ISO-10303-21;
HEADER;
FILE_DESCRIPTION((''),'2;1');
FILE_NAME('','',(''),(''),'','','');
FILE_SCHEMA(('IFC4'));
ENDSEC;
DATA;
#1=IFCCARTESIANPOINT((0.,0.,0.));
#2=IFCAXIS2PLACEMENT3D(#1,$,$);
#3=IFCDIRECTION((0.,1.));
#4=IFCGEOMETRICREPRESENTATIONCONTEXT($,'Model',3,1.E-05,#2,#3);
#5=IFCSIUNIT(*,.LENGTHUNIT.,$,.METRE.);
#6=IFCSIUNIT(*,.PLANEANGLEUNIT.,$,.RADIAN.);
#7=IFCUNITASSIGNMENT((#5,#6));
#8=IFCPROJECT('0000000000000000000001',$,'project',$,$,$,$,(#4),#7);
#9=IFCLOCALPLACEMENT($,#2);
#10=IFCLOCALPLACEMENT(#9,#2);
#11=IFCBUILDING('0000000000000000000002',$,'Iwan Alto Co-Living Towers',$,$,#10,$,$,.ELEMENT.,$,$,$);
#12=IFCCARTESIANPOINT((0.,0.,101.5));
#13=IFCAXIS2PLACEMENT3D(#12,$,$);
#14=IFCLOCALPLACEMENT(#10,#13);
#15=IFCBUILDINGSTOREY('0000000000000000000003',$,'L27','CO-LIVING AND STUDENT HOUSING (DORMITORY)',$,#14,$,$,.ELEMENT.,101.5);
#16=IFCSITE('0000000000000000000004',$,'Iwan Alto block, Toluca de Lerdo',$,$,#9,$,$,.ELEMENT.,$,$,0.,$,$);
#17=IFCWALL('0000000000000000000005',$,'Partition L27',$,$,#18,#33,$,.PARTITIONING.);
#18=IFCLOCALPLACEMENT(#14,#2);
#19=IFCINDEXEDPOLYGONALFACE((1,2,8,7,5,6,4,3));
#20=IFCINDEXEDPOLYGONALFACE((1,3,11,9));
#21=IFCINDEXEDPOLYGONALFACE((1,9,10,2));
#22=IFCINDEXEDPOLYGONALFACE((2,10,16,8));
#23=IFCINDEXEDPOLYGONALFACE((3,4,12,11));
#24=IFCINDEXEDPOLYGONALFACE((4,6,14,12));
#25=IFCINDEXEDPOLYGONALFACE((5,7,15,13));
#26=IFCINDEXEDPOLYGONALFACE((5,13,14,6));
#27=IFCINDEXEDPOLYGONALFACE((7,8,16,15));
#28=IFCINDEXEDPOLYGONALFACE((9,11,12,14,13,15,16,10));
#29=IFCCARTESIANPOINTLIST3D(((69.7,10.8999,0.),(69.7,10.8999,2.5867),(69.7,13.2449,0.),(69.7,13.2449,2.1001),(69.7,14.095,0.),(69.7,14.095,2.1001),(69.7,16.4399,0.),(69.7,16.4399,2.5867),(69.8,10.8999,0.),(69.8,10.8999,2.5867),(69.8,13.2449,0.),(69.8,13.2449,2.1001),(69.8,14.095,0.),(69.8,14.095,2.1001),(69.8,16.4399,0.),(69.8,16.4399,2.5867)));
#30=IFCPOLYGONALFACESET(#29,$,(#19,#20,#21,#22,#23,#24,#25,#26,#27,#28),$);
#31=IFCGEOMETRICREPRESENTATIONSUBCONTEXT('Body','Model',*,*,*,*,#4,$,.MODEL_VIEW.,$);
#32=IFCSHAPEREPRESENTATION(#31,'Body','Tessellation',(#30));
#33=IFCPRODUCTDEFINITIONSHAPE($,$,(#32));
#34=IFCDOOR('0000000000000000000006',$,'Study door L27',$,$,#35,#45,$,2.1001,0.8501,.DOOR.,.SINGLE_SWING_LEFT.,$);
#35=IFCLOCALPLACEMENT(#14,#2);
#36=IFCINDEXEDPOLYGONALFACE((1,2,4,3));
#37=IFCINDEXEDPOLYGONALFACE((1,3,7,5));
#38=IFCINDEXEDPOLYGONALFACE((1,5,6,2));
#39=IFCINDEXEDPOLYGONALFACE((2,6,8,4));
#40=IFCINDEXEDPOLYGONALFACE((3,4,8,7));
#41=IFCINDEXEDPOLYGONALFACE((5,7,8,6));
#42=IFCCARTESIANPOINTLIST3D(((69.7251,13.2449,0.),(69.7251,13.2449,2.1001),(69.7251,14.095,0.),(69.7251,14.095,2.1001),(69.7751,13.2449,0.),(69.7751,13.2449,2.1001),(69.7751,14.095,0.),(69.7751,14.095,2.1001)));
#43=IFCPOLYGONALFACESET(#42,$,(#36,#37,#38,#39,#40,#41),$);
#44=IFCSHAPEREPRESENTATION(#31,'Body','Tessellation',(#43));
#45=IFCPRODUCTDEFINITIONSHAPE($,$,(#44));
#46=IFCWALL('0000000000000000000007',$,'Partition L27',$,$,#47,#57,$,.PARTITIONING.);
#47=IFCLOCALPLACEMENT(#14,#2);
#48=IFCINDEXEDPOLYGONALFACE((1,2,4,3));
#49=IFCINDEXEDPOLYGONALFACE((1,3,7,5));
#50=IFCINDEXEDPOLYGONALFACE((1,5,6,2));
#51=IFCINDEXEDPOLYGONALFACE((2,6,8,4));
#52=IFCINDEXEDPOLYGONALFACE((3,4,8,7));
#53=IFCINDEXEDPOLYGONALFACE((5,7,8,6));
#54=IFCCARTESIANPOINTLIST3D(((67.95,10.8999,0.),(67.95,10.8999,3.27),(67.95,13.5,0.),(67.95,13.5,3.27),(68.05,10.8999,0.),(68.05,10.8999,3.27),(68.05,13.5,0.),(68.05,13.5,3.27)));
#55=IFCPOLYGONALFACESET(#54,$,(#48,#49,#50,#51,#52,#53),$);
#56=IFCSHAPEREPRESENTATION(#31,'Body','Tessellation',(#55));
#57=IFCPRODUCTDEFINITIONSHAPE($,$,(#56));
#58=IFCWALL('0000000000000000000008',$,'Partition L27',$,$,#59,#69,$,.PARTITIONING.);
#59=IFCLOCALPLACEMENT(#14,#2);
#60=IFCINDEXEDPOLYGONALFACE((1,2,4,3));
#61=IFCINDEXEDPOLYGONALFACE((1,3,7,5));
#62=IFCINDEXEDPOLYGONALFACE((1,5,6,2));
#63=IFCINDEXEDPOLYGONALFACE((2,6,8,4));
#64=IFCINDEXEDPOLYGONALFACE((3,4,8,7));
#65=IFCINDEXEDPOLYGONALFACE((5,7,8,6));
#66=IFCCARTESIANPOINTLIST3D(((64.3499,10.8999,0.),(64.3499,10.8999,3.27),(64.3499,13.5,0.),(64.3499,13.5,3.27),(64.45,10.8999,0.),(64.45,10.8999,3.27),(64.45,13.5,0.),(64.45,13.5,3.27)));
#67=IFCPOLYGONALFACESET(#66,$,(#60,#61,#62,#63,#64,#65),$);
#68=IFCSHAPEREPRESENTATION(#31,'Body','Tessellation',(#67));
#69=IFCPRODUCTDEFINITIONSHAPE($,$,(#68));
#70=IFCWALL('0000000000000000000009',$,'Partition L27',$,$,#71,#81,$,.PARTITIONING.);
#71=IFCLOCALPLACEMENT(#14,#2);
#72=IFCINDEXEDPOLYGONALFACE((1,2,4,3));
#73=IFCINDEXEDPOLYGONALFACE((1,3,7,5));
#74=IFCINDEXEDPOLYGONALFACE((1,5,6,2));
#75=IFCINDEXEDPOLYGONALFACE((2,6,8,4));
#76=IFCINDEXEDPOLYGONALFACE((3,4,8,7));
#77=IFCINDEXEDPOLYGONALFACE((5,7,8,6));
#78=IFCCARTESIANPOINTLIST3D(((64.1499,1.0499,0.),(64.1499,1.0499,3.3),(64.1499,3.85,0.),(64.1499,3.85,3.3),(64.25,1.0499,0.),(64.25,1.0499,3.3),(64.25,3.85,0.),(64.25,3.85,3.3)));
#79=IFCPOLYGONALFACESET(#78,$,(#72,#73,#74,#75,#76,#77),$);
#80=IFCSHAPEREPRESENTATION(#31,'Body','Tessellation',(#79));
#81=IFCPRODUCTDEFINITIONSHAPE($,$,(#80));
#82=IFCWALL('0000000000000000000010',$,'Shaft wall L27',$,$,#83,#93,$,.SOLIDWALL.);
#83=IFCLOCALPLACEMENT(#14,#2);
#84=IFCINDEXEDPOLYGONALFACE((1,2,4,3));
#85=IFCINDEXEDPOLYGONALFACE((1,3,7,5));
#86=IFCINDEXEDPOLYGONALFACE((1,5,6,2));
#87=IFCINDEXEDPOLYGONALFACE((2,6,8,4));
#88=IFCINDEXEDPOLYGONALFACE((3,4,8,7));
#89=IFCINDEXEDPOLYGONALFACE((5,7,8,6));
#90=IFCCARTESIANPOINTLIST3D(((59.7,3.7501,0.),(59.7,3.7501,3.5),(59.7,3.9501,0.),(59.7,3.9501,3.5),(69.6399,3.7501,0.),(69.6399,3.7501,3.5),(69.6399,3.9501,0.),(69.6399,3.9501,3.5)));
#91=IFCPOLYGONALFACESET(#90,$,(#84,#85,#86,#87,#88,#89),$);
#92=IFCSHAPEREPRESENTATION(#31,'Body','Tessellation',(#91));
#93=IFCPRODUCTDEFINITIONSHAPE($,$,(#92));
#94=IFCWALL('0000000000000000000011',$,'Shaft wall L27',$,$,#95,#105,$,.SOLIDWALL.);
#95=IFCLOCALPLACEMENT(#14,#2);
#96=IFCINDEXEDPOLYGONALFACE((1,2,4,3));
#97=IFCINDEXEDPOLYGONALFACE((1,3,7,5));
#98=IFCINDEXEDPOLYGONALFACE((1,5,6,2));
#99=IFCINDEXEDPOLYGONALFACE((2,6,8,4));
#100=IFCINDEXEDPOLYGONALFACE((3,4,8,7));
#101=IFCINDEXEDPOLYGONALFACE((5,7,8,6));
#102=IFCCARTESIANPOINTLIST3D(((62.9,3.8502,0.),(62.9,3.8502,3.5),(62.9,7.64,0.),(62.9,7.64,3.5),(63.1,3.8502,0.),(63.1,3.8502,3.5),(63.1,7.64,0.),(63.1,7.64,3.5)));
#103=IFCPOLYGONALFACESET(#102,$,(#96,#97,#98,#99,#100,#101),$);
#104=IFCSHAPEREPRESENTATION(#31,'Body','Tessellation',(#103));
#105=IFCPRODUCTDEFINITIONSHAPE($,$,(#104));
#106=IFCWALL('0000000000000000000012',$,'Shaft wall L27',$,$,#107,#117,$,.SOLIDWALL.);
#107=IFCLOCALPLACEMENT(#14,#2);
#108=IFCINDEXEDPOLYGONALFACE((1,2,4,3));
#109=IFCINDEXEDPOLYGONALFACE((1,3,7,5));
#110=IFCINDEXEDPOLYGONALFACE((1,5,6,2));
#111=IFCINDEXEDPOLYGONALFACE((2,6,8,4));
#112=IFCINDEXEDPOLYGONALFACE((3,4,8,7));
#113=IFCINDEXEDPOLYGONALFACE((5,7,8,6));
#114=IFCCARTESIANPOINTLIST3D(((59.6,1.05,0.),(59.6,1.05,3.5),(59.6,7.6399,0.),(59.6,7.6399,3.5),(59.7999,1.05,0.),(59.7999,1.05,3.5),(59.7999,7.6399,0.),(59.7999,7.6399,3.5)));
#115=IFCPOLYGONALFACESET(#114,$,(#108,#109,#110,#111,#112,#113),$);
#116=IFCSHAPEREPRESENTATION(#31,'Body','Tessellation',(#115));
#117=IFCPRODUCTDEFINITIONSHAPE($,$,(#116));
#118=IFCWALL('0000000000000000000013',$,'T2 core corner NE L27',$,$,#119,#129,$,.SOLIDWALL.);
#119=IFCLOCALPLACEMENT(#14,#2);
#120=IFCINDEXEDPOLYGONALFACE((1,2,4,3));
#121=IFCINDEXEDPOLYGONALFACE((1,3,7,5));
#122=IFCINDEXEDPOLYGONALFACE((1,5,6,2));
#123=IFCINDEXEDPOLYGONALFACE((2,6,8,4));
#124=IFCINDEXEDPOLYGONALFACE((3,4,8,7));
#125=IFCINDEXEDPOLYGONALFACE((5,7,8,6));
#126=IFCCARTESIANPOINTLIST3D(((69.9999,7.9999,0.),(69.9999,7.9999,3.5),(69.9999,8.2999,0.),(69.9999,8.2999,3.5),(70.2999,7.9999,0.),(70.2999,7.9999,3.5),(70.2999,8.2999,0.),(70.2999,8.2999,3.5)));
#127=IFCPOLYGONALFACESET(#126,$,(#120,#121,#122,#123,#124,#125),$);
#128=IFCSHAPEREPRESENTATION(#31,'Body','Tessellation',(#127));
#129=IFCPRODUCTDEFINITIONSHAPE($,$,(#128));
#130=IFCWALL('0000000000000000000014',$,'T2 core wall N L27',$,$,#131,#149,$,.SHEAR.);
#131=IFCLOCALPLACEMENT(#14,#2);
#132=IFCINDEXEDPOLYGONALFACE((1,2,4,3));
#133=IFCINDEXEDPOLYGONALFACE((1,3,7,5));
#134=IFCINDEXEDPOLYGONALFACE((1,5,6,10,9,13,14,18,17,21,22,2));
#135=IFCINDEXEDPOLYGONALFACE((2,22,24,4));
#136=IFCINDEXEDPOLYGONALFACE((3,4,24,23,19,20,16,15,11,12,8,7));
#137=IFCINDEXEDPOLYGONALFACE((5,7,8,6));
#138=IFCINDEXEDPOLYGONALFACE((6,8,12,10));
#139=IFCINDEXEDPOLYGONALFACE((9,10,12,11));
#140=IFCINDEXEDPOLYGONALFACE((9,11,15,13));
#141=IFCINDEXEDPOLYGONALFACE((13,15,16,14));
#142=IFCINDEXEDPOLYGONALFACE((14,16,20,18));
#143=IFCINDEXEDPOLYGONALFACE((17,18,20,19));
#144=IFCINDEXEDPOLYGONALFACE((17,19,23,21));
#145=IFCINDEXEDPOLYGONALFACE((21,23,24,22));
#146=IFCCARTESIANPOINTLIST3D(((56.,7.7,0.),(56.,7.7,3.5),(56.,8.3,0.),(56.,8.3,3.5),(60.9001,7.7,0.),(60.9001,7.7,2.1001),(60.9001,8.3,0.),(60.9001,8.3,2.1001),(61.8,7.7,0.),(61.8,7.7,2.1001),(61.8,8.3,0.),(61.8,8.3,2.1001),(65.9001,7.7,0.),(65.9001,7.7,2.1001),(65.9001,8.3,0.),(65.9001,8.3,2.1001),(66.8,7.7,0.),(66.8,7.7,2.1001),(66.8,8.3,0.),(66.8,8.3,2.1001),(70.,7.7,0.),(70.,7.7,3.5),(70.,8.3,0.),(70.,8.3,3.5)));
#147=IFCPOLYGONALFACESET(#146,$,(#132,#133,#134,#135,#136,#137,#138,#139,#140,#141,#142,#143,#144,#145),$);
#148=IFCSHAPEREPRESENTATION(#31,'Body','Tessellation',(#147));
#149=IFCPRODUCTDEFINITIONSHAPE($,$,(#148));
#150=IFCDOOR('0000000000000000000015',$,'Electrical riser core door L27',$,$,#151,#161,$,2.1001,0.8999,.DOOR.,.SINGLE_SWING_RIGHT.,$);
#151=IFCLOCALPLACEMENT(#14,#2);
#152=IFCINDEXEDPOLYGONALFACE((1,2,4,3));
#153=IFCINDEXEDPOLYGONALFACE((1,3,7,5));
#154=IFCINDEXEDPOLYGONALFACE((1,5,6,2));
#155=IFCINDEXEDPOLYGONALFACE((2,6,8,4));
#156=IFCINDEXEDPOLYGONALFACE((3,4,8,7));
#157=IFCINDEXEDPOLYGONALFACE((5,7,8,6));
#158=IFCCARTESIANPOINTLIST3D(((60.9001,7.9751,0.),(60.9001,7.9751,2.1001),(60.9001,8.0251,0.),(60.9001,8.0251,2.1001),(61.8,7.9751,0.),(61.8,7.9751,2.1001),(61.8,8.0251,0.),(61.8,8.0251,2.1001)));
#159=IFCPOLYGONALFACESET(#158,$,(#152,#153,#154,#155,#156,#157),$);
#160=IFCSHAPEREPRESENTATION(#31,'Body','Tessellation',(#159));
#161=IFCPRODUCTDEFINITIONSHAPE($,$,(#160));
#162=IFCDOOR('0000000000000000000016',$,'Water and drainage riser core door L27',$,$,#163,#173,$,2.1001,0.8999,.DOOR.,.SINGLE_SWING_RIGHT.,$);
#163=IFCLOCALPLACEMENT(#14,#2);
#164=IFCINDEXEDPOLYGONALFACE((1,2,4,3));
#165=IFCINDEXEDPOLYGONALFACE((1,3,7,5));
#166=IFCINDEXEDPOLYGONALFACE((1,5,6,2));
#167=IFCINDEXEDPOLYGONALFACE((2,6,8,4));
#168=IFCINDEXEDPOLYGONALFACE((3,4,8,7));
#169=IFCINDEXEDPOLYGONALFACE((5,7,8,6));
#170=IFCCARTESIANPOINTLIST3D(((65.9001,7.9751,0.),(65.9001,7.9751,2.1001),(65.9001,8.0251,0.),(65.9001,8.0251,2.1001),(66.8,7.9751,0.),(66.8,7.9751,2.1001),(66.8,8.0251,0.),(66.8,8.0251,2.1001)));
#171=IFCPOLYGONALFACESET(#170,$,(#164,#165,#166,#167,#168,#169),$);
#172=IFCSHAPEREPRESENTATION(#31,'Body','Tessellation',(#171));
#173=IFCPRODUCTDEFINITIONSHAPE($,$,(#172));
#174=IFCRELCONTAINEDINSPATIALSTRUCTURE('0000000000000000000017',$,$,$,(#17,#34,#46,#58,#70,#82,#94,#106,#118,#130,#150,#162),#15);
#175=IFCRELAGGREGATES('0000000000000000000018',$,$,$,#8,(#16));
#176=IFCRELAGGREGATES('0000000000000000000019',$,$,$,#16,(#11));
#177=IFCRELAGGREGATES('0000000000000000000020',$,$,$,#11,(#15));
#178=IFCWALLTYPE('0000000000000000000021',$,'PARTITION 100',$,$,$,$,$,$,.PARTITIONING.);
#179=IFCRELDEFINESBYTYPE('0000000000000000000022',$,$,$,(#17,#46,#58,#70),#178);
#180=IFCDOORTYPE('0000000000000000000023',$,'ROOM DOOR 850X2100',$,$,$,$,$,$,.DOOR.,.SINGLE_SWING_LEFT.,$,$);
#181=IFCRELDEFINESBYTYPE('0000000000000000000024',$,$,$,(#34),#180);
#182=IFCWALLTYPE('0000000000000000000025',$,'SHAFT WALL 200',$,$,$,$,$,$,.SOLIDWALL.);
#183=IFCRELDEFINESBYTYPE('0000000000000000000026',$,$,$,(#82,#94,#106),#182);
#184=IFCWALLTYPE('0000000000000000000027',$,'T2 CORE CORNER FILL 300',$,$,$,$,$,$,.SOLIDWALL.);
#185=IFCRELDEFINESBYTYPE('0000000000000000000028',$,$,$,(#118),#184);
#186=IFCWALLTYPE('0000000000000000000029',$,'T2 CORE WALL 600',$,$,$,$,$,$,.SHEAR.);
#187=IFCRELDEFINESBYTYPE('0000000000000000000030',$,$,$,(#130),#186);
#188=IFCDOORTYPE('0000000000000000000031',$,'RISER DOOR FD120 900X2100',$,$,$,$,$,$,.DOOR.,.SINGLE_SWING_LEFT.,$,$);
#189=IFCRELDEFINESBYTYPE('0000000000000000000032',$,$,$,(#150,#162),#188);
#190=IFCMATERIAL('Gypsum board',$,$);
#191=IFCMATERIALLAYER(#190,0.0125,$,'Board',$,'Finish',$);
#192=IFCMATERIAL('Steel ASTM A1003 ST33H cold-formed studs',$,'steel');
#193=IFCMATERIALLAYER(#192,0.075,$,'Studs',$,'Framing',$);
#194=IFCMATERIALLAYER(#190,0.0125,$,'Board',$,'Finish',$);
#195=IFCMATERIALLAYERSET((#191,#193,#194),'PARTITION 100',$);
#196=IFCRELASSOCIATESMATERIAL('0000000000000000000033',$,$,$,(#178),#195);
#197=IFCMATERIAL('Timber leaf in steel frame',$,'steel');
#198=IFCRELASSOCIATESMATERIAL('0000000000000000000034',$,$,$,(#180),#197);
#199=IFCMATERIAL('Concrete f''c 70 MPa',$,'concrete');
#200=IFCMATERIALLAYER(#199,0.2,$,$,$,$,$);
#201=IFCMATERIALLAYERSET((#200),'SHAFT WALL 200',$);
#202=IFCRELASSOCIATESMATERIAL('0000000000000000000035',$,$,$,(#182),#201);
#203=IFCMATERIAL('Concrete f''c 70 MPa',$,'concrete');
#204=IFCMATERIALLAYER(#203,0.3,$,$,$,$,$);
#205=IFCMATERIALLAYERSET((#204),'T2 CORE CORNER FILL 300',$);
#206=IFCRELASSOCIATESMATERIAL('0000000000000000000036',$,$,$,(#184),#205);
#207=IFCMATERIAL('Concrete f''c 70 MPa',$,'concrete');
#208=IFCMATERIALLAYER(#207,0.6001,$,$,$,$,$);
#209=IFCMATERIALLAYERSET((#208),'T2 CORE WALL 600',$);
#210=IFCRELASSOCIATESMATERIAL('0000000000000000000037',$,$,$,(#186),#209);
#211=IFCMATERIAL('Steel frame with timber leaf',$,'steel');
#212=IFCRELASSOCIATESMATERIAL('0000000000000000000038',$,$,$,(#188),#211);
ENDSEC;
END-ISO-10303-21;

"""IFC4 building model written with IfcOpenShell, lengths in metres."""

from ifc_helpers import new_model, si_unit, direction, frame, frame_2d, origin, place, context, subcontext, project, spatial, rectangle, extrude, material, layer, layer_set, type_object, element, fill, save


model = new_model("IFC4")

# Units and contexts
model_context = context("Model", 3, precision=1e-05, world=origin(), true_north=direction((0.0, 1.0)))
body_context = subcontext(model_context, "Body", "Model", "MODEL_VIEW")
ifc_project = project(units=[si_unit("LENGTHUNIT", "METRE"), si_unit("PLANEANGLEUNIT", "RADIAN")], contexts=[model_context])

# Site, building, storey
site_placement = place(None, origin())
site = spatial("IfcSite", under=ifc_project, at=site_placement, Name="Iwan Alto block, Toluca de Lerdo", CompositionType="ELEMENT", RefElevation=0.0)
building_placement = place(site_placement, origin())
building = spatial("IfcBuilding", under=site, at=building_placement, Name="Iwan Alto Co-Living Towers", CompositionType="ELEMENT")
storey_placement = place(building_placement, frame((0.0, 0.0, 101.5)))
storey = spatial("IfcBuildingStorey", under=building, at=storey_placement, Name="L27", Description="CO-LIVING AND STUDENT HOUSING (DORMITORY)", CompositionType="ELEMENT", Elevation=101.5)

# Shared definitions
ifc_material_1 = material(Name="Gypsum board")
ifc_layer_1 = layer(ifc_material_1, 0.0125, Name="Board", Category="Finish")
ifc_material_2 = material(Name="Steel ASTM A1003 ST33H cold-formed studs", Category="steel")
ifc_layer_2 = layer(ifc_material_2, 0.075, Name="Studs", Category="Framing")
ifc_layer_3 = layer(ifc_material_1, 0.0125, Name="Board", Category="Finish")
ifc_layer_set_1 = layer_set([ifc_layer_1, ifc_layer_2, ifc_layer_3], Name="PARTITION 100")
wall_type_1 = type_object("IfcWallType", Name="PARTITION 100", PredefinedType="PARTITIONING", material=ifc_layer_set_1)

# Shared definitions
ifc_material_3 = material(Name="Timber leaf in steel frame", Category="steel")
door_type_1 = type_object("IfcDoorType", Name="ROOM DOOR 850X2100", OperationType="SINGLE_SWING_LEFT", PredefinedType="DOOR", material=ifc_material_3)

# Wall, opening, door
wall_1_placement = place(storey_placement, frame((69.75, 10.8999, 0.0), z_axis=(0.0, 0.0, 1.0), x_axis=(0.0, 1.0, 0.0)))
wall_1 = element("IfcWall", 1, at=wall_1_placement, inside=storey, type_object=wall_type_1, Name="Partition L27", PredefinedType="PARTITIONING", context=body_context, shape_type="SweptSolid", body=[
    extrude(rectangle(XDim=5.54, YDim=0.1001, at=frame_2d((2.77, 0.0))), origin(), (0.0, 0.0, 1.0), 2.5867),
])
opening_1_placement = place(wall_1_placement, frame((2.345, 0.0, 0.0)))
opening_1 = element("IfcOpeningElement", 2, at=opening_1_placement, cuts=wall_1, PredefinedType="OPENING", context=body_context, shape_type="SweptSolid", body=[
    extrude(rectangle(XDim=0.8501, YDim=2.1001, at=frame_2d((0.425, 1.05))), frame((0.0, 0.0601, 0.0), z_axis=(0.0, -1.0, 0.0), x_axis=(1.0, 0.0, 0.0)), (0.0, 0.0, 1.0), 0.1201),
])
door_1_placement = place(opening_1_placement, origin())
door_1 = element("IfcDoor", 3, at=door_1_placement, inside=storey, type_object=door_type_1, Name="Study door L27", OperationType="SINGLE_SWING_LEFT", OverallHeight=2.1001, OverallWidth=0.8501, PredefinedType="DOOR", context=body_context, shape_type="SweptSolid", body=[
    extrude(rectangle(XDim=0.8501, YDim=2.1001, at=frame_2d((0.425, 1.05))), frame((0.0, 0.0249, 0.0), z_axis=(0.0, -1.0, 0.0), x_axis=(1.0, 0.0, 0.0)), (0.0, 0.0, 1.0), 0.05),
])
fill(opening_1, door_1)

# Walls
for number, where, z_axis, x_axis, name in (
    (4, (68.0, 10.8999, 0.0), (0.0, 0.0, 1.0), (0.0, 1.0, 0.0), "Partition L27"),
    (5, (64.3999, 10.8999, 0.0), (0.0, 0.0, 1.0), (0.0, 1.0, 0.0), "Partition L27"),
):
    element("IfcWall", number, at=place(storey_placement, frame(where, z_axis=z_axis, x_axis=x_axis)), inside=storey, type_object=wall_type_1, Name=name, PredefinedType="PARTITIONING", context=body_context, shape_type="SweptSolid", body=[
        extrude(rectangle(XDim=2.6001, YDim=0.1001, at=frame_2d((1.3, 0.0))), origin(), (0.0, 0.0, 1.0), 3.27),
    ])
wall_2_placement = place(storey_placement, frame((64.2, 1.05, 0.0), z_axis=(0.0, 0.0, 1.0), x_axis=(0.0, 1.0, 0.0)))
element("IfcWall", 6, at=wall_2_placement, inside=storey, type_object=wall_type_1, Name="Partition L27", PredefinedType="PARTITIONING", context=body_context, shape_type="SweptSolid", body=[
    extrude(rectangle(XDim=2.8, YDim=0.1001, at=frame_2d((1.3999, 0.0))), origin(), (0.0, 0.0, 1.0), 3.3),
])
ifc_material_4 = material(Name="Concrete f'c 70 MPa", Category="concrete")
ifc_layer_4 = layer(ifc_material_4, 0.2)
ifc_layer_set_2 = layer_set([ifc_layer_4], Name="SHAFT WALL 200")
wall_type_2 = type_object("IfcWallType", Name="SHAFT WALL 200", PredefinedType="SOLIDWALL", material=ifc_layer_set_2)
wall_3_placement = place(storey_placement, frame((59.7, 3.8501, 0.0), z_axis=(0.0, 0.0, 1.0), x_axis=(1.0, 0.0, 0.0)))
element("IfcWall", 7, at=wall_3_placement, inside=storey, type_object=wall_type_2, Name="Shaft wall L27", PredefinedType="SOLIDWALL", context=body_context, shape_type="SweptSolid", body=[
    extrude(rectangle(XDim=9.9399, YDim=0.2, at=frame_2d((4.97, 0.0))), origin(), (0.0, 0.0, 1.0), 3.5),
])
wall_4_placement = place(storey_placement, frame((63.0, 3.8501, 0.0), z_axis=(0.0, 0.0, 1.0), x_axis=(0.0, 1.0, 0.0)))
element("IfcWall", 8, at=wall_4_placement, inside=storey, type_object=wall_type_2, Name="Shaft wall L27", PredefinedType="SOLIDWALL", context=body_context, shape_type="SweptSolid", body=[
    extrude(rectangle(XDim=3.7898, YDim=0.2, at=frame_2d((1.895, 0.0))), origin(), (0.0, 0.0, 1.0), 3.5),
])
wall_5_placement = place(storey_placement, frame((59.7, 1.05, 0.0), z_axis=(0.0, 0.0, 1.0), x_axis=(0.0, 1.0, 0.0)))
element("IfcWall", 9, at=wall_5_placement, inside=storey, type_object=wall_type_2, Name="Shaft wall L27", PredefinedType="SOLIDWALL", context=body_context, shape_type="SweptSolid", body=[
    extrude(rectangle(XDim=6.5898, YDim=0.2, at=frame_2d((3.2949, 0.0))), origin(), (0.0, 0.0, 1.0), 3.5),
])
ifc_material_5 = material(Name="Concrete f'c 70 MPa", Category="concrete")
ifc_layer_5 = layer(ifc_material_5, 0.3)
ifc_layer_set_3 = layer_set([ifc_layer_5], Name="T2 CORE CORNER FILL 300")
wall_type_3 = type_object("IfcWallType", Name="T2 CORE CORNER FILL 300", PredefinedType="SOLIDWALL", material=ifc_layer_set_3)
wall_6_placement = place(storey_placement, frame((70.0, 8.1499, 0.0), z_axis=(0.0, 0.0, 1.0), x_axis=(1.0, 0.0, 0.0)))
element("IfcWall", 10, at=wall_6_placement, inside=storey, type_object=wall_type_3, Name="T2 core corner NE L27", PredefinedType="SOLIDWALL", context=body_context, shape_type="SweptSolid", body=[
    extrude(rectangle(XDim=0.3, YDim=0.3, at=frame_2d((0.1499, 0.0))), origin(), (0.0, 0.0, 1.0), 3.5),
])

# Wall, openings, doors
ifc_material_6 = material(Name="Concrete f'c 70 MPa", Category="concrete")
ifc_layer_6 = layer(ifc_material_6, 0.6001)
ifc_layer_set_4 = layer_set([ifc_layer_6], Name="T2 CORE WALL 600")
wall_type_4 = type_object("IfcWallType", Name="T2 CORE WALL 600", PredefinedType="SHEAR", material=ifc_layer_set_4)
wall_7_placement = place(storey_placement, frame((70.0, 8.0, 0.0), z_axis=(0.0, 0.0, 1.0), x_axis=(-1.0, 0.0, 0.0)))
wall_7 = element("IfcWall", 11, at=wall_7_placement, inside=storey, type_object=wall_type_4, Name="T2 core wall N L27", PredefinedType="SHEAR", context=body_context, shape_type="SweptSolid", body=[
    extrude(rectangle(XDim=14.0, YDim=0.6001, at=frame_2d((7.0, 0.0))), origin(), (0.0, 0.0, 1.0), 3.5),
])
opening_2_placement = place(wall_7_placement, frame((8.2, 0.0, 0.0)))
opening_2 = element("IfcOpeningElement", 12, at=opening_2_placement, cuts=wall_7, PredefinedType="OPENING", context=body_context, shape_type="SweptSolid", body=[
    extrude(rectangle(XDim=0.8999, YDim=2.1001, at=frame_2d((0.45, 1.05))), frame((0.0, 0.3101, 0.0), z_axis=(0.0, -1.0, 0.0), x_axis=(1.0, 0.0, 0.0)), (0.0, 0.0, 1.0), 0.6201),
])
opening_3_placement = place(wall_7_placement, frame((3.2, 0.0, 0.0)))
opening_3 = element("IfcOpeningElement", 13, at=opening_3_placement, cuts=wall_7, PredefinedType="OPENING", context=body_context, shape_type="SweptSolid", body=[
    extrude(rectangle(XDim=0.8999, YDim=2.1001, at=frame_2d((0.45, 1.05))), frame((0.0, 0.3101, 0.0), z_axis=(0.0, -1.0, 0.0), x_axis=(1.0, 0.0, 0.0)), (0.0, 0.0, 1.0), 0.6201),
])
ifc_material_7 = material(Name="Steel frame with timber leaf", Category="steel")
door_type_2 = type_object("IfcDoorType", Name="RISER DOOR FD120 900X2100", OperationType="SINGLE_SWING_LEFT", PredefinedType="DOOR", material=ifc_material_7)
door_2_placement = place(opening_2_placement, origin())
door_2 = element("IfcDoor", 14, at=door_2_placement, inside=storey, type_object=door_type_2, Name="Electrical riser core door L27", OperationType="SINGLE_SWING_RIGHT", OverallHeight=2.1001, OverallWidth=0.8999, PredefinedType="DOOR", context=body_context, shape_type="SweptSolid", body=[
    extrude(rectangle(XDim=0.8999, YDim=2.1001, at=frame_2d((0.45, 1.05))), frame((0.0, 0.0249, 0.0), z_axis=(0.0, -1.0, 0.0), x_axis=(1.0, 0.0, 0.0)), (0.0, 0.0, 1.0), 0.05),
])
fill(opening_2, door_2)
door_3_placement = place(opening_3_placement, origin())
door_3 = element("IfcDoor", 15, at=door_3_placement, inside=storey, type_object=door_type_2, Name="Water and drainage riser core door L27", OperationType="SINGLE_SWING_RIGHT", OverallHeight=2.1001, OverallWidth=0.8999, PredefinedType="DOOR", context=body_context, shape_type="SweptSolid", body=[
    extrude(rectangle(XDim=0.8999, YDim=2.1001, at=frame_2d((0.45, 1.05))), frame((0.0, 0.0249, 0.0), z_axis=(0.0, -1.0, 0.0), x_axis=(1.0, 0.0, 0.0)), (0.0, 0.0, 1.0), 0.05),
])
fill(opening_3, door_3)

save(model, "model.ifc")
